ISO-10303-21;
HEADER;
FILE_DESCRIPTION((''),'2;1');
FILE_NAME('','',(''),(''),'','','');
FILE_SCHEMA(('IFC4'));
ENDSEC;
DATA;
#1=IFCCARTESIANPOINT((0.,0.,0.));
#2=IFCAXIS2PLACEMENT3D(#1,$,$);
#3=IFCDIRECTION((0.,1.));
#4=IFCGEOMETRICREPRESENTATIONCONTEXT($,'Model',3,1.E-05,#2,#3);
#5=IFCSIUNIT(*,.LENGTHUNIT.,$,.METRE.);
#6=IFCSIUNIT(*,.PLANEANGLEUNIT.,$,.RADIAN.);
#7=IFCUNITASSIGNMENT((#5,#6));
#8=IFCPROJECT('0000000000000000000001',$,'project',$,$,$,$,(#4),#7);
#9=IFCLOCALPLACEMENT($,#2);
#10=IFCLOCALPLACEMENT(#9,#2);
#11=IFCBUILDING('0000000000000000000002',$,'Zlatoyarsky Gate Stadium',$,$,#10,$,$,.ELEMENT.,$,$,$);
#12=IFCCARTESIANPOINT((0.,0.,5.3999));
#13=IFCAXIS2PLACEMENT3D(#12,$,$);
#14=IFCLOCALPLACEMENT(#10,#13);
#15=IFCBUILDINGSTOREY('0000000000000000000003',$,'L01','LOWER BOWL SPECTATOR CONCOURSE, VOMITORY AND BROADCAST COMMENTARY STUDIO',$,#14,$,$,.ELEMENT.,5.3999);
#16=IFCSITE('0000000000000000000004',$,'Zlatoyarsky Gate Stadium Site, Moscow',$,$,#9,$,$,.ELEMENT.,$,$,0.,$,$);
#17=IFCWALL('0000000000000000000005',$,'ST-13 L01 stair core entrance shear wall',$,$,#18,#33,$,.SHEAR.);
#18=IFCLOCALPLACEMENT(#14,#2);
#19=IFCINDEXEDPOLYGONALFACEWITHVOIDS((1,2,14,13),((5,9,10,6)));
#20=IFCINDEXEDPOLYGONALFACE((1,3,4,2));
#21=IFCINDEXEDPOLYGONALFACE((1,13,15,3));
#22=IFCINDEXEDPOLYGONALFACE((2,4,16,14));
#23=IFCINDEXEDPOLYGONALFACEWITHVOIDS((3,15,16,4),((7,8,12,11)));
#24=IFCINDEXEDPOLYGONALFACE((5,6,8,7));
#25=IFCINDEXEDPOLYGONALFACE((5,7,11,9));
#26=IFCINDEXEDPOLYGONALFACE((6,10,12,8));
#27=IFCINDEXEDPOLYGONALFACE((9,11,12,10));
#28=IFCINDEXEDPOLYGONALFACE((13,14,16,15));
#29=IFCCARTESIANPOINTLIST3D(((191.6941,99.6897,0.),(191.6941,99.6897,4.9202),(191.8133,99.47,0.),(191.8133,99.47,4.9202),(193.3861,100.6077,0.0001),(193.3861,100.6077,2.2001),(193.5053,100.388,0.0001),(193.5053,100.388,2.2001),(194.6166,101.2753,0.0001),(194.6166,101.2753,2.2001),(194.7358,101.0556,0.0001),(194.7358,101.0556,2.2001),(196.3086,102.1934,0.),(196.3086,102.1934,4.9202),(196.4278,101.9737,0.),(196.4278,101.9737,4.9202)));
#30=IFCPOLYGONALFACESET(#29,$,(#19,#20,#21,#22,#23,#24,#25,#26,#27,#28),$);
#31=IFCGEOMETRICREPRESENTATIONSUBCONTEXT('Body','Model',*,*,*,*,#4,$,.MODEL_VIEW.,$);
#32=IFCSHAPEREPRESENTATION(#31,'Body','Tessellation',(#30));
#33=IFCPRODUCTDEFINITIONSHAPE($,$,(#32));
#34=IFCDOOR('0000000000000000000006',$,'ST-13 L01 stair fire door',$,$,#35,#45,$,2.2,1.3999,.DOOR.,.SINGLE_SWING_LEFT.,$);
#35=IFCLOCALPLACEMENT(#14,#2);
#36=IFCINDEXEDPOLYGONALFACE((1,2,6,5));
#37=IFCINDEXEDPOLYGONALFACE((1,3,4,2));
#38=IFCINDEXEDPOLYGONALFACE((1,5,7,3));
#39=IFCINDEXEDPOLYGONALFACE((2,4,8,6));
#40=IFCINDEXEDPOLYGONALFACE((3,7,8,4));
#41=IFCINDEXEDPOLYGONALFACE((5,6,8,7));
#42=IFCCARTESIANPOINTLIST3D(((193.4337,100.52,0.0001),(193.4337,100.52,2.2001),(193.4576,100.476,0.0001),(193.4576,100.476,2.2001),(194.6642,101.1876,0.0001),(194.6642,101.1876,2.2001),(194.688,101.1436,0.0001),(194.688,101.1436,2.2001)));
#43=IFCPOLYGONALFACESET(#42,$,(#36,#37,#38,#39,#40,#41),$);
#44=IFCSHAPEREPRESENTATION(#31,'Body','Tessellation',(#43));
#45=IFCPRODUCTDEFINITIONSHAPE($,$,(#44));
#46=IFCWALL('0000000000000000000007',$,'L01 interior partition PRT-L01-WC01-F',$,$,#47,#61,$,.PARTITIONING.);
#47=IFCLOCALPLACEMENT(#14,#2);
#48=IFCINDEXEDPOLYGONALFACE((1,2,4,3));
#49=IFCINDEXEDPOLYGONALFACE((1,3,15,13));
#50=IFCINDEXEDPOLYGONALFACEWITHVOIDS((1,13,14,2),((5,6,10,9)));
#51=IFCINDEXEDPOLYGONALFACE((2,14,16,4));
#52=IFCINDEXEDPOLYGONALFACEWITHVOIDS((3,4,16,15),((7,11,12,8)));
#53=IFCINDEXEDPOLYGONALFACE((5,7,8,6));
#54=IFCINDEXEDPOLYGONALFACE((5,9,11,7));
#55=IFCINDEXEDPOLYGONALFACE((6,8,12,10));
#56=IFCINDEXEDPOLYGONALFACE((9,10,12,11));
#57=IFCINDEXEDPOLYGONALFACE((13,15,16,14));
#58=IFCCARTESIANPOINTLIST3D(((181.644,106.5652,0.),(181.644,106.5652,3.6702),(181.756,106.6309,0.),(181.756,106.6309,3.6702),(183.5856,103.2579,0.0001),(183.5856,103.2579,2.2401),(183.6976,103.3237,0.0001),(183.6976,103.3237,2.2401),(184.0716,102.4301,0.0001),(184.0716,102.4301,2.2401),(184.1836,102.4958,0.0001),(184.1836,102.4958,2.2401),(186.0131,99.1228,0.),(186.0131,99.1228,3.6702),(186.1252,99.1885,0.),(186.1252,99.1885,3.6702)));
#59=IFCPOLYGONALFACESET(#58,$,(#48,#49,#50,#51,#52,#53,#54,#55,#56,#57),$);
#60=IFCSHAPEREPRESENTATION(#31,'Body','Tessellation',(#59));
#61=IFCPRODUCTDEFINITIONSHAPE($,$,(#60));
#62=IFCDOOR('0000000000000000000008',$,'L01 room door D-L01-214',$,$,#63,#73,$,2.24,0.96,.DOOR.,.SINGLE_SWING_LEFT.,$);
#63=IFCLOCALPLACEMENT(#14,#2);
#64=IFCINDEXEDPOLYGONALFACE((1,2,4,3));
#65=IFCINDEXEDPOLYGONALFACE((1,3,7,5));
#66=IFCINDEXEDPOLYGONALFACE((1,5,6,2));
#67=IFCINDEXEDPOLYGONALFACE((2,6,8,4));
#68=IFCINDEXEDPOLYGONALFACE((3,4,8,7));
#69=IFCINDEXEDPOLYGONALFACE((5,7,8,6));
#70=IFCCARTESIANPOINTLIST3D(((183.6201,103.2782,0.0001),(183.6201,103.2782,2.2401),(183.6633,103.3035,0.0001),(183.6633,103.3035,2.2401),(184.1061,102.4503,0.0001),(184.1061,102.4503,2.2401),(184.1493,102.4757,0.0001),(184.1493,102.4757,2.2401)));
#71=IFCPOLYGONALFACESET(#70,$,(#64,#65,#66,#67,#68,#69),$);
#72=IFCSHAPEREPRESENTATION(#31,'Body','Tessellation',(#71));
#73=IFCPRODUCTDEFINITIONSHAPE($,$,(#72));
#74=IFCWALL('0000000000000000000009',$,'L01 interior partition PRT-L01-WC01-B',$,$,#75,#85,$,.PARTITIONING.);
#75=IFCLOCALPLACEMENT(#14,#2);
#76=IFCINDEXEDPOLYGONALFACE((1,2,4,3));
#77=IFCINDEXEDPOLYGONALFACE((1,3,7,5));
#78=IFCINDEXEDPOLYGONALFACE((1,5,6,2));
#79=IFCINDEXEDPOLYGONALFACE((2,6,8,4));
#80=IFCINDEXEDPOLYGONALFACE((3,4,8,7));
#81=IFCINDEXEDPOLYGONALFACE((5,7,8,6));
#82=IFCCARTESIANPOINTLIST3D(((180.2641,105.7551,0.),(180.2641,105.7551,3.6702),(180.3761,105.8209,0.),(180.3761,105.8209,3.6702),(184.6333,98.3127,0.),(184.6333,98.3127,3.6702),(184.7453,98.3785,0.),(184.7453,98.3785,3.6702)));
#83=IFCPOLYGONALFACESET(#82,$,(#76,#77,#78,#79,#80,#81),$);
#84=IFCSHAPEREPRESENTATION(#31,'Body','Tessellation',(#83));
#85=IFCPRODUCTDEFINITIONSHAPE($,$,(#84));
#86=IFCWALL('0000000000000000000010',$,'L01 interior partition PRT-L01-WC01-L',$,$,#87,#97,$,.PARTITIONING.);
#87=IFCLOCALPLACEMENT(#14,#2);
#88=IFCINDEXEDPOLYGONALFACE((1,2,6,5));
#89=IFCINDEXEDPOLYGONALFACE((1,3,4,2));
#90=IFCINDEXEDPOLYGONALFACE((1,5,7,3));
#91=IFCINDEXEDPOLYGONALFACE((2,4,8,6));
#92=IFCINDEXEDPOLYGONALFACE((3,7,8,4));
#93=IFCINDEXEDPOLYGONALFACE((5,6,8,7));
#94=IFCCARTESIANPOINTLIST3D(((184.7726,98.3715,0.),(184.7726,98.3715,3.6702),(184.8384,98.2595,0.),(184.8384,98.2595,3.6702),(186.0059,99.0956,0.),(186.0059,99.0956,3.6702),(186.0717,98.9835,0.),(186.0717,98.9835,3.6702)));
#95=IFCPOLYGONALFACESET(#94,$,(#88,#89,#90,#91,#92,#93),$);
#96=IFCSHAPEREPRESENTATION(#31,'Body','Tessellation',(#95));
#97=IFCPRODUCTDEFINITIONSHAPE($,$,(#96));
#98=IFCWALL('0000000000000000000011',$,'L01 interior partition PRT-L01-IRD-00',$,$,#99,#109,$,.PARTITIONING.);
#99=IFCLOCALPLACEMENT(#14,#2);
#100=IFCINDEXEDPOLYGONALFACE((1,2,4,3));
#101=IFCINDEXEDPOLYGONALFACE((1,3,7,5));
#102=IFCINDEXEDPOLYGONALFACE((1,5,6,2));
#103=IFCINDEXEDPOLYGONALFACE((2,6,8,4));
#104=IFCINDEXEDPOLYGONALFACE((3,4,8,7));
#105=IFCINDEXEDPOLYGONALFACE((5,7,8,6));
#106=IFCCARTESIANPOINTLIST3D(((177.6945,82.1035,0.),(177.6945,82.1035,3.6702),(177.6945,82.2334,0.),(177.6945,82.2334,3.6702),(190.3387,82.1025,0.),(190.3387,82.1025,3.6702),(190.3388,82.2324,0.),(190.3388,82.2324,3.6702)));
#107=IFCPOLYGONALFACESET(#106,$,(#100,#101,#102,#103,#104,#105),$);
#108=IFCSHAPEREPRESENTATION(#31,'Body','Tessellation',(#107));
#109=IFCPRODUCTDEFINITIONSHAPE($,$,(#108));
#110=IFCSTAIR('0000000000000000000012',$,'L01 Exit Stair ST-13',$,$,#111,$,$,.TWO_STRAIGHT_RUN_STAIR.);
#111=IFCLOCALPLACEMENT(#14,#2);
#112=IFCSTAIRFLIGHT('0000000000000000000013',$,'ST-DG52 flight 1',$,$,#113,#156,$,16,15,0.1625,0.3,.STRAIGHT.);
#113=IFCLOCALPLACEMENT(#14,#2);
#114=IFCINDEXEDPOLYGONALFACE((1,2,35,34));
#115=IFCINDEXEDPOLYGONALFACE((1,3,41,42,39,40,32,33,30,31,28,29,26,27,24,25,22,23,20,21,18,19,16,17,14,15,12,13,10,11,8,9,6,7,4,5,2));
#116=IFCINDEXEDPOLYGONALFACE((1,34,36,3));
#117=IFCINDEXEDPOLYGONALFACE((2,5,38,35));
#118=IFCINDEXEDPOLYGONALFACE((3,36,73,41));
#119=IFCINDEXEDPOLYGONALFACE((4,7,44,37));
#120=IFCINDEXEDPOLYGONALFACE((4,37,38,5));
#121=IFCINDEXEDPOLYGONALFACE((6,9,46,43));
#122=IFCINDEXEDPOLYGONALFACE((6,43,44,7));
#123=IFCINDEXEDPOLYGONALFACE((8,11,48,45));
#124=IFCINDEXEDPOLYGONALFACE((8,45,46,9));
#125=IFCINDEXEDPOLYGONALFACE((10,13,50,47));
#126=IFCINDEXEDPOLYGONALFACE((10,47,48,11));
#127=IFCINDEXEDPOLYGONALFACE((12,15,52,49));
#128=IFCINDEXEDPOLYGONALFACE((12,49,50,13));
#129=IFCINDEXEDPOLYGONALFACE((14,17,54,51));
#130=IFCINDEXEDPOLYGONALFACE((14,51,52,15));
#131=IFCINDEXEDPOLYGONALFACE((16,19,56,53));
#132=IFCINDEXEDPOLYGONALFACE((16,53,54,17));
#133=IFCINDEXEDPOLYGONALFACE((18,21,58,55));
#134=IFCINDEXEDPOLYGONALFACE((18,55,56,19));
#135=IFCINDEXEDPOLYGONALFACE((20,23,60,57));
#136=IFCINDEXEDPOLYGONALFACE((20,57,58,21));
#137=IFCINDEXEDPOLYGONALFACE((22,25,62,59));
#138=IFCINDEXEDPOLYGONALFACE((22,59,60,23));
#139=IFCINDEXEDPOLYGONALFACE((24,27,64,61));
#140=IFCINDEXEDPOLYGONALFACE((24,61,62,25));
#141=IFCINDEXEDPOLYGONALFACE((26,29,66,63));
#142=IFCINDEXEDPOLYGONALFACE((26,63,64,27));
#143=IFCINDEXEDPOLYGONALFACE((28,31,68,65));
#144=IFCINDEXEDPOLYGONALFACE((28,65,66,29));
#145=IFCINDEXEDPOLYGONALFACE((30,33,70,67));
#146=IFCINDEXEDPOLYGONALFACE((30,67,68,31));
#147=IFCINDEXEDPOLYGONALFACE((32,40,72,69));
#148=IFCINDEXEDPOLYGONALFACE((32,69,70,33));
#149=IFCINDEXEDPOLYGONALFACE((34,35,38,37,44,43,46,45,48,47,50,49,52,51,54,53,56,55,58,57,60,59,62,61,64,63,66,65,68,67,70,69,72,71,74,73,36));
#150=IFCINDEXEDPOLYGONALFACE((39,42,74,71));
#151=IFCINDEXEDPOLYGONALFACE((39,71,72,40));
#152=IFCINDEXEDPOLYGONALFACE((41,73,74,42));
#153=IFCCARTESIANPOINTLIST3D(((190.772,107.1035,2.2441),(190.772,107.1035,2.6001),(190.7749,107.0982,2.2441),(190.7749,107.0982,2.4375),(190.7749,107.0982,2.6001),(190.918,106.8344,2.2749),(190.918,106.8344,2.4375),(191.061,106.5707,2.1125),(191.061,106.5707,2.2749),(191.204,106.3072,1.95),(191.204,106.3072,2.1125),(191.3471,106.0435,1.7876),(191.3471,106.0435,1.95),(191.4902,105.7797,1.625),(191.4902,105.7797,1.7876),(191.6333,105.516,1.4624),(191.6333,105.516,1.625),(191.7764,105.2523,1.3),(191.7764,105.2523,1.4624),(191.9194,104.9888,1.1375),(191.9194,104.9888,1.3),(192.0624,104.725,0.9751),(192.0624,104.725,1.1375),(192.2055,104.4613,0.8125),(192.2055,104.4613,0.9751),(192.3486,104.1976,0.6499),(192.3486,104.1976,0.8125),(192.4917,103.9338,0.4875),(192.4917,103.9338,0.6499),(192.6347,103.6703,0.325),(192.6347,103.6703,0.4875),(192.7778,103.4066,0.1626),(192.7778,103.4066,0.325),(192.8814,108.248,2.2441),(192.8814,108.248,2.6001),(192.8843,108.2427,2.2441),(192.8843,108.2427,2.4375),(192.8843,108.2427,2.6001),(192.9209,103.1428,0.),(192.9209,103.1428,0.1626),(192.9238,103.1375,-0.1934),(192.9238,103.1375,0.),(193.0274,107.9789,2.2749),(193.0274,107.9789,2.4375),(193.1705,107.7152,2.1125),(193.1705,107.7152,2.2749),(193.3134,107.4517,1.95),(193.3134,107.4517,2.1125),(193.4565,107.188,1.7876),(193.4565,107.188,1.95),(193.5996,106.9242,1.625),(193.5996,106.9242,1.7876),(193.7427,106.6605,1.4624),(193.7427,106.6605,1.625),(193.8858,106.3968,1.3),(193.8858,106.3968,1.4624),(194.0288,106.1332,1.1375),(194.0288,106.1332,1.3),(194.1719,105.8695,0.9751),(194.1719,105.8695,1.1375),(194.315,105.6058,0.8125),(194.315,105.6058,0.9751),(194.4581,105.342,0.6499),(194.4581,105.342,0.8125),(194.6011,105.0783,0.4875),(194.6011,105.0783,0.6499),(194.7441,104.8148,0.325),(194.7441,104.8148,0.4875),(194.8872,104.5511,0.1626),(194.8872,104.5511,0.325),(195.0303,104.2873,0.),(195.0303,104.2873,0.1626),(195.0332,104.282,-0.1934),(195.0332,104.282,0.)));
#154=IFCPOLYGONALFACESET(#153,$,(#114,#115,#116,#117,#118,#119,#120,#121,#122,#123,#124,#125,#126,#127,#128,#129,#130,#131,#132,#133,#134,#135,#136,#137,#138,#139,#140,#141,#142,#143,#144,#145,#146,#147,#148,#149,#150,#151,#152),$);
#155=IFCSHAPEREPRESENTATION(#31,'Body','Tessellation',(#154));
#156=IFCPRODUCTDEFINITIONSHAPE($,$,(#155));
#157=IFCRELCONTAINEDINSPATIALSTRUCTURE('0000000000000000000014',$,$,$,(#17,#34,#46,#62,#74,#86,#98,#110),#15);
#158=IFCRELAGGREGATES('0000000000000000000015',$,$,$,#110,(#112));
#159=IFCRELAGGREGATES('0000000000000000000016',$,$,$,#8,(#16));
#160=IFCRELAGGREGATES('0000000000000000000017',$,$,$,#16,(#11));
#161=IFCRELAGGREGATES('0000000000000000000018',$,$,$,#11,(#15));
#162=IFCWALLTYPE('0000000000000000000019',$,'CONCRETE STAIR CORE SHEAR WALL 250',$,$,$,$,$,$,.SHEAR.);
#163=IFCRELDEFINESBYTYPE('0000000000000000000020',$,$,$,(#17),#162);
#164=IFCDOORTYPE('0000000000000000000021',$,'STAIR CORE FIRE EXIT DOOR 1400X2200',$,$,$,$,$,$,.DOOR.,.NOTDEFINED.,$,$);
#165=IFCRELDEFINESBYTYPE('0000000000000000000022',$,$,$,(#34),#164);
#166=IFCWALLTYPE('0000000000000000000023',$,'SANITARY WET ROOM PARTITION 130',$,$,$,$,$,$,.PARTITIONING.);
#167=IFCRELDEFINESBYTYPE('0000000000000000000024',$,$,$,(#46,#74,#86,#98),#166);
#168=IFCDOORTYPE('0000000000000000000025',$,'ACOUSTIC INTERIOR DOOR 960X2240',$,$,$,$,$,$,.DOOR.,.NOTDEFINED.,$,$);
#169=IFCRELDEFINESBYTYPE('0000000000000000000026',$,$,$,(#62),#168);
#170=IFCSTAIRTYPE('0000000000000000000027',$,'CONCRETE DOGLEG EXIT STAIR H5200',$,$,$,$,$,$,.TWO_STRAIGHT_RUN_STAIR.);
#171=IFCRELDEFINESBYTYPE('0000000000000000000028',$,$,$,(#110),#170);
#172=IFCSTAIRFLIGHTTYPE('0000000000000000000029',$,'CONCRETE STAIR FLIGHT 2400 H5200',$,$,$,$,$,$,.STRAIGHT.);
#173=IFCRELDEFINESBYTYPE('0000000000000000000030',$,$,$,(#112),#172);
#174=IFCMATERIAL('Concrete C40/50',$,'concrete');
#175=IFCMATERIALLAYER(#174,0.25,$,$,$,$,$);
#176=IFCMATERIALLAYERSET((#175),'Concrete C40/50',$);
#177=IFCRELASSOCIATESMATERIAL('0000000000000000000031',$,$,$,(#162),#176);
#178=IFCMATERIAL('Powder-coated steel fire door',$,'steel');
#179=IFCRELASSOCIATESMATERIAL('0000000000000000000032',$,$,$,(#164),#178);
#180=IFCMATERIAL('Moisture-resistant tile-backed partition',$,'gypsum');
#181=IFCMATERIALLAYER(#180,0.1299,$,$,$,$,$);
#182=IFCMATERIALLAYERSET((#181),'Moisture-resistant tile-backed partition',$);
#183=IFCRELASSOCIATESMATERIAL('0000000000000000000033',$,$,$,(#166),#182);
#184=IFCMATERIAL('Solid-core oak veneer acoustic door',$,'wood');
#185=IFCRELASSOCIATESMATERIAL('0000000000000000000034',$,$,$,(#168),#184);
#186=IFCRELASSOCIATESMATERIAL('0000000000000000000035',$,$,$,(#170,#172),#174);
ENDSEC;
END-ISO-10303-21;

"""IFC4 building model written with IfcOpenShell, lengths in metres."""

from ifc_helpers import new_model, si_unit, direction, frame, frame_2d, origin, place, context, subcontext, project, spatial, polyline, rectangle, outline, extrude, material, layer, layer_set, type_object, element, fill, aggregate, save


model = new_model("IFC4")

# Units and contexts
model_context = context("Model", 3, precision=1e-05, world=origin(), true_north=direction((0.0, 1.0)))
body_context = subcontext(model_context, "Body", "Model", "MODEL_VIEW")
ifc_project = project(units=[si_unit("LENGTHUNIT", "METRE"), si_unit("PLANEANGLEUNIT", "RADIAN")], contexts=[model_context])

# Site, building, storey
site_placement = place(None, origin())
site = spatial("IfcSite", under=ifc_project, at=site_placement, Name="Zlatoyarsky Gate Stadium Site, Moscow", CompositionType="ELEMENT", RefElevation=0.0)
building_placement = place(site_placement, origin())
building = spatial("IfcBuilding", under=site, at=building_placement, Name="Zlatoyarsky Gate Stadium", CompositionType="ELEMENT")
storey_placement = place(building_placement, frame((0.0, 0.0, 5.3999)))
storey = spatial("IfcBuildingStorey", under=building, at=storey_placement, Name="L01", Description="LOWER BOWL SPECTATOR CONCOURSE, VOMITORY AND BROADCAST COMMENTARY STUDIO", CompositionType="ELEMENT", Elevation=5.3999)

# Shared definitions
ifc_material_1 = material(Name="Concrete C40/50", Category="concrete")

# Shared definitions
ifc_material_2 = material(Name="Powder-coated steel fire door", Category="steel")

# Shared definitions
ifc_layer_1 = layer(ifc_material_1, 0.25)
ifc_layer_set_1 = layer_set([ifc_layer_1], Name="Concrete C40/50")
wall_type_1 = type_object("IfcWallType", Name="CONCRETE STAIR CORE SHEAR WALL 250", PredefinedType="SHEAR", material=ifc_layer_set_1)

# Walls, openings, doors
wall_1_placement = place(storey_placement, frame((191.7537, 99.5798, 0.0), z_axis=(0.0, 0.0, 1.0), x_axis=(0.878961, 0.476893, 0.0)))
wall_1 = element("IfcWall", 1, at=wall_1_placement, inside=storey, type_object=wall_type_1, Name="ST-13 L01 stair core entrance shear wall", PredefinedType="SHEAR", context=body_context, shape_type="SweptSolid", body=[
    extrude(rectangle(XDim=5.25, YDim=0.25, at=frame_2d((2.625, 0.0))), origin(), (0.0, 0.0, 1.0), 4.9202),
])
opening_1_placement = place(wall_1_placement, frame((1.925, 0.0, 0.0)))
opening_1 = element("IfcOpeningElement", 2, at=opening_1_placement, cuts=wall_1, PredefinedType="OPENING", context=body_context, shape_type="SweptSolid", body=[
    extrude(rectangle(XDim=1.3999, YDim=2.2, at=frame_2d((0.7, 1.1001))), frame((0.0, 0.135, 0.0), z_axis=(0.0, -1.0, 0.0), x_axis=(1.0, 0.0, 0.0)), (0.0, 0.0, 1.0), 0.27),
])
door_type_1 = type_object("IfcDoorType", Name="STAIR CORE FIRE EXIT DOOR 1400X2200", OperationType="NOTDEFINED", PredefinedType="DOOR", material=ifc_material_2)
door_1_placement = place(opening_1_placement, frame((1.3999, 0.0, 0.0), z_axis=(0.0, 0.0, 1.0), x_axis=(-1.0, 0.0, 0.0)))
door_1 = element("IfcDoor", 3, at=door_1_placement, inside=storey, type_object=door_type_1, Name="ST-13 L01 stair fire door", OperationType="SINGLE_SWING_LEFT", OverallHeight=2.2, OverallWidth=1.3999, PredefinedType="DOOR", context=body_context, shape_type="SweptSolid", body=[
    extrude(rectangle(XDim=1.3999, YDim=2.2, at=frame_2d((0.7, 1.1001))), frame((0.0, 0.0249, 0.0), z_axis=(0.0, -1.0, 0.0), x_axis=(1.0, 0.0, 0.0)), (0.0, 0.0, 1.0), 0.05),
])
fill(opening_1, door_1)
ifc_material_3 = material(Name="Moisture-resistant tile-backed partition", Category="gypsum")
ifc_layer_2 = layer(ifc_material_3, 0.1299)
ifc_layer_set_2 = layer_set([ifc_layer_2], Name="Moisture-resistant tile-backed partition")
wall_type_2 = type_object("IfcWallType", Name="SANITARY WET ROOM PARTITION 130", PredefinedType="PARTITIONING", material=ifc_layer_set_2)
wall_2_placement = place(storey_placement, frame((186.0691, 99.1558, 0.0), z_axis=(0.0, 0.0, 1.0), x_axis=(-0.506268, 0.862376, 0.0)))
wall_2 = element("IfcWall", 4, at=wall_2_placement, inside=storey, type_object=wall_type_2, Name="L01 interior partition PRT-L01-WC01-F", PredefinedType="PARTITIONING", context=body_context, shape_type="SweptSolid", body=[
    extrude(rectangle(XDim=8.6301, YDim=0.1299, at=frame_2d((4.3149, 0.0))), origin(), (0.0, 0.0, 1.0), 3.6702),
])
opening_2_placement = place(wall_2_placement, frame((3.835, 0.0, 0.0)))
opening_2 = element("IfcOpeningElement", 5, at=opening_2_placement, cuts=wall_2, PredefinedType="OPENING", context=body_context, shape_type="SweptSolid", body=[
    extrude(rectangle(XDim=0.96, YDim=2.24, at=frame_2d((0.48, 1.1201))), frame((0.0, 0.075, 0.0), z_axis=(0.0, -1.0, 0.0), x_axis=(1.0, 0.0, 0.0)), (0.0, 0.0, 1.0), 0.1499),
])
ifc_material_4 = material(Name="Solid-core oak veneer acoustic door", Category="wood")
door_type_2 = type_object("IfcDoorType", Name="ACOUSTIC INTERIOR DOOR 960X2240", OperationType="NOTDEFINED", PredefinedType="DOOR", material=ifc_material_4)
door_2_placement = place(opening_2_placement, origin())
door_2 = element("IfcDoor", 6, at=door_2_placement, inside=storey, type_object=door_type_2, Name="L01 room door D-L01-214", OperationType="SINGLE_SWING_LEFT", OverallHeight=2.24, OverallWidth=0.96, PredefinedType="DOOR", context=body_context, shape_type="SweptSolid", body=[
    extrude(rectangle(XDim=0.96, YDim=2.24, at=frame_2d((0.48, 1.1201))), frame((0.0, 0.0249, 0.0), z_axis=(0.0, -1.0, 0.0), x_axis=(1.0, 0.0, 0.0)), (0.0, 0.0, 1.0), 0.05),
])
fill(opening_2, door_2)

# Walls
wall_3_placement = place(storey_placement, frame((184.6892, 98.3457, 0.0), z_axis=(0.0, 0.0, 1.0), x_axis=(-0.506268, 0.862376, 0.0)))
element("IfcWall", 7, at=wall_3_placement, inside=storey, type_object=wall_type_2, Name="L01 interior partition PRT-L01-WC01-B", PredefinedType="PARTITIONING", context=body_context, shape_type="SweptSolid", body=[
    extrude(rectangle(XDim=8.6301, YDim=0.1299, at=frame_2d((4.3149, 0.0))), origin(), (0.0, 0.0, 1.0), 3.6702),
])
wall_4_placement = place(storey_placement, frame((186.0388, 99.0396, 0.0), z_axis=(0.0, 0.0, 1.0), x_axis=(-0.862364, -0.506289, 0.0)))
element("IfcWall", 8, at=wall_4_placement, inside=storey, type_object=wall_type_2, Name="L01 interior partition PRT-L01-WC01-L", PredefinedType="PARTITIONING", context=body_context, shape_type="SweptSolid", body=[
    extrude(rectangle(XDim=1.4302, YDim=0.1299, at=frame_2d((0.7151, 0.0))), origin(), (0.0, 0.0, 1.0), 3.6702),
])
wall_5_placement = place(storey_placement, frame((177.6943, 82.1685, 0.0), z_axis=(0.0, 0.0, 1.0), x_axis=(1.0, -0.000077, 0.0)))
element("IfcWall", 9, at=wall_5_placement, inside=storey, type_object=wall_type_2, Name="L01 interior partition PRT-L01-IRD-00", PredefinedType="PARTITIONING", context=body_context, shape_type="SweptSolid", body=[
    extrude(rectangle(XDim=12.6443, YDim=0.1299, at=frame_2d((6.3223, 0.0))), origin(), (0.0, 0.0, 1.0), 3.6702),
])

# Stair, stair flight
stair_type = type_object("IfcStairType", Name="CONCRETE DOGLEG EXIT STAIR H5200", PredefinedType="TWO_STRAIGHT_RUN_STAIR", material=ifc_material_1)
stair_placement = place(storey_placement, origin())
stair = element("IfcStair", 10, at=stair_placement, inside=storey, type_object=stair_type, Name="L01 Exit Stair ST-13", PredefinedType="TWO_STRAIGHT_RUN_STAIR")
stair_flight_type = type_object("IfcStairFlightType", Name="CONCRETE STAIR FLIGHT 2400 H5200", PredefinedType="STRAIGHT", material=ifc_material_1)
stair_flight_placement = place(storey_placement, frame((193.9756, 103.7151, 0.0), z_axis=(0.0, 0.0, 1.0), x_axis=(-0.47689, 0.878963, 0.0)))
stair_flight = element("IfcStairFlight", 11, at=stair_flight_placement, type_object=stair_flight_type, Name="ST-DG52 flight 1", NumberOfRisers=16, NumberOfTreads=15, PredefinedType="STRAIGHT", RiserHeight=0.1625, TreadLength=0.3, context=body_context, shape_type="SweptSolid", body=[
    extrude(outline(polyline([(-0.0061, -0.1934), (-0.0061, 0.0), (0.0, 0.0), (0.0, 0.1626), (0.3, 0.1626), (0.3, 0.325), (0.6001, 0.325), (0.6001, 0.4875), (0.8999, 0.4875), (0.8999, 0.6499), (1.2, 0.6499), (1.2, 0.8125), (1.5, 0.8125), (1.5, 0.9751), (1.8, 0.9751), (1.8, 1.1375), (2.1001, 1.1375), (2.1001, 1.3), (2.3999, 1.3), (2.3999, 1.4624), (2.7, 1.4624), (2.7, 1.625), (3.0, 1.625), (3.0, 1.7876), (3.3, 1.7876), (3.3, 1.95), (3.6001, 1.95), (3.6001, 2.1125), (3.8999, 2.1125), (3.8999, 2.2749), (4.2, 2.2749), (4.2, 2.4375), (4.5, 2.4375), (4.5, 2.6001), (4.5061, 2.6001), (4.5061, 2.2441), (4.5, 2.2441), (-0.0061, -0.1934)])), frame((0.0, 1.2, 0.0), z_axis=(0.0, -1.0, 0.0), x_axis=(1.0, 0.0, 0.0)), (0.0, 0.0, 1.0), 2.3999),
])
aggregate(stair, [stair_flight])

save(model, "model.ifc")
